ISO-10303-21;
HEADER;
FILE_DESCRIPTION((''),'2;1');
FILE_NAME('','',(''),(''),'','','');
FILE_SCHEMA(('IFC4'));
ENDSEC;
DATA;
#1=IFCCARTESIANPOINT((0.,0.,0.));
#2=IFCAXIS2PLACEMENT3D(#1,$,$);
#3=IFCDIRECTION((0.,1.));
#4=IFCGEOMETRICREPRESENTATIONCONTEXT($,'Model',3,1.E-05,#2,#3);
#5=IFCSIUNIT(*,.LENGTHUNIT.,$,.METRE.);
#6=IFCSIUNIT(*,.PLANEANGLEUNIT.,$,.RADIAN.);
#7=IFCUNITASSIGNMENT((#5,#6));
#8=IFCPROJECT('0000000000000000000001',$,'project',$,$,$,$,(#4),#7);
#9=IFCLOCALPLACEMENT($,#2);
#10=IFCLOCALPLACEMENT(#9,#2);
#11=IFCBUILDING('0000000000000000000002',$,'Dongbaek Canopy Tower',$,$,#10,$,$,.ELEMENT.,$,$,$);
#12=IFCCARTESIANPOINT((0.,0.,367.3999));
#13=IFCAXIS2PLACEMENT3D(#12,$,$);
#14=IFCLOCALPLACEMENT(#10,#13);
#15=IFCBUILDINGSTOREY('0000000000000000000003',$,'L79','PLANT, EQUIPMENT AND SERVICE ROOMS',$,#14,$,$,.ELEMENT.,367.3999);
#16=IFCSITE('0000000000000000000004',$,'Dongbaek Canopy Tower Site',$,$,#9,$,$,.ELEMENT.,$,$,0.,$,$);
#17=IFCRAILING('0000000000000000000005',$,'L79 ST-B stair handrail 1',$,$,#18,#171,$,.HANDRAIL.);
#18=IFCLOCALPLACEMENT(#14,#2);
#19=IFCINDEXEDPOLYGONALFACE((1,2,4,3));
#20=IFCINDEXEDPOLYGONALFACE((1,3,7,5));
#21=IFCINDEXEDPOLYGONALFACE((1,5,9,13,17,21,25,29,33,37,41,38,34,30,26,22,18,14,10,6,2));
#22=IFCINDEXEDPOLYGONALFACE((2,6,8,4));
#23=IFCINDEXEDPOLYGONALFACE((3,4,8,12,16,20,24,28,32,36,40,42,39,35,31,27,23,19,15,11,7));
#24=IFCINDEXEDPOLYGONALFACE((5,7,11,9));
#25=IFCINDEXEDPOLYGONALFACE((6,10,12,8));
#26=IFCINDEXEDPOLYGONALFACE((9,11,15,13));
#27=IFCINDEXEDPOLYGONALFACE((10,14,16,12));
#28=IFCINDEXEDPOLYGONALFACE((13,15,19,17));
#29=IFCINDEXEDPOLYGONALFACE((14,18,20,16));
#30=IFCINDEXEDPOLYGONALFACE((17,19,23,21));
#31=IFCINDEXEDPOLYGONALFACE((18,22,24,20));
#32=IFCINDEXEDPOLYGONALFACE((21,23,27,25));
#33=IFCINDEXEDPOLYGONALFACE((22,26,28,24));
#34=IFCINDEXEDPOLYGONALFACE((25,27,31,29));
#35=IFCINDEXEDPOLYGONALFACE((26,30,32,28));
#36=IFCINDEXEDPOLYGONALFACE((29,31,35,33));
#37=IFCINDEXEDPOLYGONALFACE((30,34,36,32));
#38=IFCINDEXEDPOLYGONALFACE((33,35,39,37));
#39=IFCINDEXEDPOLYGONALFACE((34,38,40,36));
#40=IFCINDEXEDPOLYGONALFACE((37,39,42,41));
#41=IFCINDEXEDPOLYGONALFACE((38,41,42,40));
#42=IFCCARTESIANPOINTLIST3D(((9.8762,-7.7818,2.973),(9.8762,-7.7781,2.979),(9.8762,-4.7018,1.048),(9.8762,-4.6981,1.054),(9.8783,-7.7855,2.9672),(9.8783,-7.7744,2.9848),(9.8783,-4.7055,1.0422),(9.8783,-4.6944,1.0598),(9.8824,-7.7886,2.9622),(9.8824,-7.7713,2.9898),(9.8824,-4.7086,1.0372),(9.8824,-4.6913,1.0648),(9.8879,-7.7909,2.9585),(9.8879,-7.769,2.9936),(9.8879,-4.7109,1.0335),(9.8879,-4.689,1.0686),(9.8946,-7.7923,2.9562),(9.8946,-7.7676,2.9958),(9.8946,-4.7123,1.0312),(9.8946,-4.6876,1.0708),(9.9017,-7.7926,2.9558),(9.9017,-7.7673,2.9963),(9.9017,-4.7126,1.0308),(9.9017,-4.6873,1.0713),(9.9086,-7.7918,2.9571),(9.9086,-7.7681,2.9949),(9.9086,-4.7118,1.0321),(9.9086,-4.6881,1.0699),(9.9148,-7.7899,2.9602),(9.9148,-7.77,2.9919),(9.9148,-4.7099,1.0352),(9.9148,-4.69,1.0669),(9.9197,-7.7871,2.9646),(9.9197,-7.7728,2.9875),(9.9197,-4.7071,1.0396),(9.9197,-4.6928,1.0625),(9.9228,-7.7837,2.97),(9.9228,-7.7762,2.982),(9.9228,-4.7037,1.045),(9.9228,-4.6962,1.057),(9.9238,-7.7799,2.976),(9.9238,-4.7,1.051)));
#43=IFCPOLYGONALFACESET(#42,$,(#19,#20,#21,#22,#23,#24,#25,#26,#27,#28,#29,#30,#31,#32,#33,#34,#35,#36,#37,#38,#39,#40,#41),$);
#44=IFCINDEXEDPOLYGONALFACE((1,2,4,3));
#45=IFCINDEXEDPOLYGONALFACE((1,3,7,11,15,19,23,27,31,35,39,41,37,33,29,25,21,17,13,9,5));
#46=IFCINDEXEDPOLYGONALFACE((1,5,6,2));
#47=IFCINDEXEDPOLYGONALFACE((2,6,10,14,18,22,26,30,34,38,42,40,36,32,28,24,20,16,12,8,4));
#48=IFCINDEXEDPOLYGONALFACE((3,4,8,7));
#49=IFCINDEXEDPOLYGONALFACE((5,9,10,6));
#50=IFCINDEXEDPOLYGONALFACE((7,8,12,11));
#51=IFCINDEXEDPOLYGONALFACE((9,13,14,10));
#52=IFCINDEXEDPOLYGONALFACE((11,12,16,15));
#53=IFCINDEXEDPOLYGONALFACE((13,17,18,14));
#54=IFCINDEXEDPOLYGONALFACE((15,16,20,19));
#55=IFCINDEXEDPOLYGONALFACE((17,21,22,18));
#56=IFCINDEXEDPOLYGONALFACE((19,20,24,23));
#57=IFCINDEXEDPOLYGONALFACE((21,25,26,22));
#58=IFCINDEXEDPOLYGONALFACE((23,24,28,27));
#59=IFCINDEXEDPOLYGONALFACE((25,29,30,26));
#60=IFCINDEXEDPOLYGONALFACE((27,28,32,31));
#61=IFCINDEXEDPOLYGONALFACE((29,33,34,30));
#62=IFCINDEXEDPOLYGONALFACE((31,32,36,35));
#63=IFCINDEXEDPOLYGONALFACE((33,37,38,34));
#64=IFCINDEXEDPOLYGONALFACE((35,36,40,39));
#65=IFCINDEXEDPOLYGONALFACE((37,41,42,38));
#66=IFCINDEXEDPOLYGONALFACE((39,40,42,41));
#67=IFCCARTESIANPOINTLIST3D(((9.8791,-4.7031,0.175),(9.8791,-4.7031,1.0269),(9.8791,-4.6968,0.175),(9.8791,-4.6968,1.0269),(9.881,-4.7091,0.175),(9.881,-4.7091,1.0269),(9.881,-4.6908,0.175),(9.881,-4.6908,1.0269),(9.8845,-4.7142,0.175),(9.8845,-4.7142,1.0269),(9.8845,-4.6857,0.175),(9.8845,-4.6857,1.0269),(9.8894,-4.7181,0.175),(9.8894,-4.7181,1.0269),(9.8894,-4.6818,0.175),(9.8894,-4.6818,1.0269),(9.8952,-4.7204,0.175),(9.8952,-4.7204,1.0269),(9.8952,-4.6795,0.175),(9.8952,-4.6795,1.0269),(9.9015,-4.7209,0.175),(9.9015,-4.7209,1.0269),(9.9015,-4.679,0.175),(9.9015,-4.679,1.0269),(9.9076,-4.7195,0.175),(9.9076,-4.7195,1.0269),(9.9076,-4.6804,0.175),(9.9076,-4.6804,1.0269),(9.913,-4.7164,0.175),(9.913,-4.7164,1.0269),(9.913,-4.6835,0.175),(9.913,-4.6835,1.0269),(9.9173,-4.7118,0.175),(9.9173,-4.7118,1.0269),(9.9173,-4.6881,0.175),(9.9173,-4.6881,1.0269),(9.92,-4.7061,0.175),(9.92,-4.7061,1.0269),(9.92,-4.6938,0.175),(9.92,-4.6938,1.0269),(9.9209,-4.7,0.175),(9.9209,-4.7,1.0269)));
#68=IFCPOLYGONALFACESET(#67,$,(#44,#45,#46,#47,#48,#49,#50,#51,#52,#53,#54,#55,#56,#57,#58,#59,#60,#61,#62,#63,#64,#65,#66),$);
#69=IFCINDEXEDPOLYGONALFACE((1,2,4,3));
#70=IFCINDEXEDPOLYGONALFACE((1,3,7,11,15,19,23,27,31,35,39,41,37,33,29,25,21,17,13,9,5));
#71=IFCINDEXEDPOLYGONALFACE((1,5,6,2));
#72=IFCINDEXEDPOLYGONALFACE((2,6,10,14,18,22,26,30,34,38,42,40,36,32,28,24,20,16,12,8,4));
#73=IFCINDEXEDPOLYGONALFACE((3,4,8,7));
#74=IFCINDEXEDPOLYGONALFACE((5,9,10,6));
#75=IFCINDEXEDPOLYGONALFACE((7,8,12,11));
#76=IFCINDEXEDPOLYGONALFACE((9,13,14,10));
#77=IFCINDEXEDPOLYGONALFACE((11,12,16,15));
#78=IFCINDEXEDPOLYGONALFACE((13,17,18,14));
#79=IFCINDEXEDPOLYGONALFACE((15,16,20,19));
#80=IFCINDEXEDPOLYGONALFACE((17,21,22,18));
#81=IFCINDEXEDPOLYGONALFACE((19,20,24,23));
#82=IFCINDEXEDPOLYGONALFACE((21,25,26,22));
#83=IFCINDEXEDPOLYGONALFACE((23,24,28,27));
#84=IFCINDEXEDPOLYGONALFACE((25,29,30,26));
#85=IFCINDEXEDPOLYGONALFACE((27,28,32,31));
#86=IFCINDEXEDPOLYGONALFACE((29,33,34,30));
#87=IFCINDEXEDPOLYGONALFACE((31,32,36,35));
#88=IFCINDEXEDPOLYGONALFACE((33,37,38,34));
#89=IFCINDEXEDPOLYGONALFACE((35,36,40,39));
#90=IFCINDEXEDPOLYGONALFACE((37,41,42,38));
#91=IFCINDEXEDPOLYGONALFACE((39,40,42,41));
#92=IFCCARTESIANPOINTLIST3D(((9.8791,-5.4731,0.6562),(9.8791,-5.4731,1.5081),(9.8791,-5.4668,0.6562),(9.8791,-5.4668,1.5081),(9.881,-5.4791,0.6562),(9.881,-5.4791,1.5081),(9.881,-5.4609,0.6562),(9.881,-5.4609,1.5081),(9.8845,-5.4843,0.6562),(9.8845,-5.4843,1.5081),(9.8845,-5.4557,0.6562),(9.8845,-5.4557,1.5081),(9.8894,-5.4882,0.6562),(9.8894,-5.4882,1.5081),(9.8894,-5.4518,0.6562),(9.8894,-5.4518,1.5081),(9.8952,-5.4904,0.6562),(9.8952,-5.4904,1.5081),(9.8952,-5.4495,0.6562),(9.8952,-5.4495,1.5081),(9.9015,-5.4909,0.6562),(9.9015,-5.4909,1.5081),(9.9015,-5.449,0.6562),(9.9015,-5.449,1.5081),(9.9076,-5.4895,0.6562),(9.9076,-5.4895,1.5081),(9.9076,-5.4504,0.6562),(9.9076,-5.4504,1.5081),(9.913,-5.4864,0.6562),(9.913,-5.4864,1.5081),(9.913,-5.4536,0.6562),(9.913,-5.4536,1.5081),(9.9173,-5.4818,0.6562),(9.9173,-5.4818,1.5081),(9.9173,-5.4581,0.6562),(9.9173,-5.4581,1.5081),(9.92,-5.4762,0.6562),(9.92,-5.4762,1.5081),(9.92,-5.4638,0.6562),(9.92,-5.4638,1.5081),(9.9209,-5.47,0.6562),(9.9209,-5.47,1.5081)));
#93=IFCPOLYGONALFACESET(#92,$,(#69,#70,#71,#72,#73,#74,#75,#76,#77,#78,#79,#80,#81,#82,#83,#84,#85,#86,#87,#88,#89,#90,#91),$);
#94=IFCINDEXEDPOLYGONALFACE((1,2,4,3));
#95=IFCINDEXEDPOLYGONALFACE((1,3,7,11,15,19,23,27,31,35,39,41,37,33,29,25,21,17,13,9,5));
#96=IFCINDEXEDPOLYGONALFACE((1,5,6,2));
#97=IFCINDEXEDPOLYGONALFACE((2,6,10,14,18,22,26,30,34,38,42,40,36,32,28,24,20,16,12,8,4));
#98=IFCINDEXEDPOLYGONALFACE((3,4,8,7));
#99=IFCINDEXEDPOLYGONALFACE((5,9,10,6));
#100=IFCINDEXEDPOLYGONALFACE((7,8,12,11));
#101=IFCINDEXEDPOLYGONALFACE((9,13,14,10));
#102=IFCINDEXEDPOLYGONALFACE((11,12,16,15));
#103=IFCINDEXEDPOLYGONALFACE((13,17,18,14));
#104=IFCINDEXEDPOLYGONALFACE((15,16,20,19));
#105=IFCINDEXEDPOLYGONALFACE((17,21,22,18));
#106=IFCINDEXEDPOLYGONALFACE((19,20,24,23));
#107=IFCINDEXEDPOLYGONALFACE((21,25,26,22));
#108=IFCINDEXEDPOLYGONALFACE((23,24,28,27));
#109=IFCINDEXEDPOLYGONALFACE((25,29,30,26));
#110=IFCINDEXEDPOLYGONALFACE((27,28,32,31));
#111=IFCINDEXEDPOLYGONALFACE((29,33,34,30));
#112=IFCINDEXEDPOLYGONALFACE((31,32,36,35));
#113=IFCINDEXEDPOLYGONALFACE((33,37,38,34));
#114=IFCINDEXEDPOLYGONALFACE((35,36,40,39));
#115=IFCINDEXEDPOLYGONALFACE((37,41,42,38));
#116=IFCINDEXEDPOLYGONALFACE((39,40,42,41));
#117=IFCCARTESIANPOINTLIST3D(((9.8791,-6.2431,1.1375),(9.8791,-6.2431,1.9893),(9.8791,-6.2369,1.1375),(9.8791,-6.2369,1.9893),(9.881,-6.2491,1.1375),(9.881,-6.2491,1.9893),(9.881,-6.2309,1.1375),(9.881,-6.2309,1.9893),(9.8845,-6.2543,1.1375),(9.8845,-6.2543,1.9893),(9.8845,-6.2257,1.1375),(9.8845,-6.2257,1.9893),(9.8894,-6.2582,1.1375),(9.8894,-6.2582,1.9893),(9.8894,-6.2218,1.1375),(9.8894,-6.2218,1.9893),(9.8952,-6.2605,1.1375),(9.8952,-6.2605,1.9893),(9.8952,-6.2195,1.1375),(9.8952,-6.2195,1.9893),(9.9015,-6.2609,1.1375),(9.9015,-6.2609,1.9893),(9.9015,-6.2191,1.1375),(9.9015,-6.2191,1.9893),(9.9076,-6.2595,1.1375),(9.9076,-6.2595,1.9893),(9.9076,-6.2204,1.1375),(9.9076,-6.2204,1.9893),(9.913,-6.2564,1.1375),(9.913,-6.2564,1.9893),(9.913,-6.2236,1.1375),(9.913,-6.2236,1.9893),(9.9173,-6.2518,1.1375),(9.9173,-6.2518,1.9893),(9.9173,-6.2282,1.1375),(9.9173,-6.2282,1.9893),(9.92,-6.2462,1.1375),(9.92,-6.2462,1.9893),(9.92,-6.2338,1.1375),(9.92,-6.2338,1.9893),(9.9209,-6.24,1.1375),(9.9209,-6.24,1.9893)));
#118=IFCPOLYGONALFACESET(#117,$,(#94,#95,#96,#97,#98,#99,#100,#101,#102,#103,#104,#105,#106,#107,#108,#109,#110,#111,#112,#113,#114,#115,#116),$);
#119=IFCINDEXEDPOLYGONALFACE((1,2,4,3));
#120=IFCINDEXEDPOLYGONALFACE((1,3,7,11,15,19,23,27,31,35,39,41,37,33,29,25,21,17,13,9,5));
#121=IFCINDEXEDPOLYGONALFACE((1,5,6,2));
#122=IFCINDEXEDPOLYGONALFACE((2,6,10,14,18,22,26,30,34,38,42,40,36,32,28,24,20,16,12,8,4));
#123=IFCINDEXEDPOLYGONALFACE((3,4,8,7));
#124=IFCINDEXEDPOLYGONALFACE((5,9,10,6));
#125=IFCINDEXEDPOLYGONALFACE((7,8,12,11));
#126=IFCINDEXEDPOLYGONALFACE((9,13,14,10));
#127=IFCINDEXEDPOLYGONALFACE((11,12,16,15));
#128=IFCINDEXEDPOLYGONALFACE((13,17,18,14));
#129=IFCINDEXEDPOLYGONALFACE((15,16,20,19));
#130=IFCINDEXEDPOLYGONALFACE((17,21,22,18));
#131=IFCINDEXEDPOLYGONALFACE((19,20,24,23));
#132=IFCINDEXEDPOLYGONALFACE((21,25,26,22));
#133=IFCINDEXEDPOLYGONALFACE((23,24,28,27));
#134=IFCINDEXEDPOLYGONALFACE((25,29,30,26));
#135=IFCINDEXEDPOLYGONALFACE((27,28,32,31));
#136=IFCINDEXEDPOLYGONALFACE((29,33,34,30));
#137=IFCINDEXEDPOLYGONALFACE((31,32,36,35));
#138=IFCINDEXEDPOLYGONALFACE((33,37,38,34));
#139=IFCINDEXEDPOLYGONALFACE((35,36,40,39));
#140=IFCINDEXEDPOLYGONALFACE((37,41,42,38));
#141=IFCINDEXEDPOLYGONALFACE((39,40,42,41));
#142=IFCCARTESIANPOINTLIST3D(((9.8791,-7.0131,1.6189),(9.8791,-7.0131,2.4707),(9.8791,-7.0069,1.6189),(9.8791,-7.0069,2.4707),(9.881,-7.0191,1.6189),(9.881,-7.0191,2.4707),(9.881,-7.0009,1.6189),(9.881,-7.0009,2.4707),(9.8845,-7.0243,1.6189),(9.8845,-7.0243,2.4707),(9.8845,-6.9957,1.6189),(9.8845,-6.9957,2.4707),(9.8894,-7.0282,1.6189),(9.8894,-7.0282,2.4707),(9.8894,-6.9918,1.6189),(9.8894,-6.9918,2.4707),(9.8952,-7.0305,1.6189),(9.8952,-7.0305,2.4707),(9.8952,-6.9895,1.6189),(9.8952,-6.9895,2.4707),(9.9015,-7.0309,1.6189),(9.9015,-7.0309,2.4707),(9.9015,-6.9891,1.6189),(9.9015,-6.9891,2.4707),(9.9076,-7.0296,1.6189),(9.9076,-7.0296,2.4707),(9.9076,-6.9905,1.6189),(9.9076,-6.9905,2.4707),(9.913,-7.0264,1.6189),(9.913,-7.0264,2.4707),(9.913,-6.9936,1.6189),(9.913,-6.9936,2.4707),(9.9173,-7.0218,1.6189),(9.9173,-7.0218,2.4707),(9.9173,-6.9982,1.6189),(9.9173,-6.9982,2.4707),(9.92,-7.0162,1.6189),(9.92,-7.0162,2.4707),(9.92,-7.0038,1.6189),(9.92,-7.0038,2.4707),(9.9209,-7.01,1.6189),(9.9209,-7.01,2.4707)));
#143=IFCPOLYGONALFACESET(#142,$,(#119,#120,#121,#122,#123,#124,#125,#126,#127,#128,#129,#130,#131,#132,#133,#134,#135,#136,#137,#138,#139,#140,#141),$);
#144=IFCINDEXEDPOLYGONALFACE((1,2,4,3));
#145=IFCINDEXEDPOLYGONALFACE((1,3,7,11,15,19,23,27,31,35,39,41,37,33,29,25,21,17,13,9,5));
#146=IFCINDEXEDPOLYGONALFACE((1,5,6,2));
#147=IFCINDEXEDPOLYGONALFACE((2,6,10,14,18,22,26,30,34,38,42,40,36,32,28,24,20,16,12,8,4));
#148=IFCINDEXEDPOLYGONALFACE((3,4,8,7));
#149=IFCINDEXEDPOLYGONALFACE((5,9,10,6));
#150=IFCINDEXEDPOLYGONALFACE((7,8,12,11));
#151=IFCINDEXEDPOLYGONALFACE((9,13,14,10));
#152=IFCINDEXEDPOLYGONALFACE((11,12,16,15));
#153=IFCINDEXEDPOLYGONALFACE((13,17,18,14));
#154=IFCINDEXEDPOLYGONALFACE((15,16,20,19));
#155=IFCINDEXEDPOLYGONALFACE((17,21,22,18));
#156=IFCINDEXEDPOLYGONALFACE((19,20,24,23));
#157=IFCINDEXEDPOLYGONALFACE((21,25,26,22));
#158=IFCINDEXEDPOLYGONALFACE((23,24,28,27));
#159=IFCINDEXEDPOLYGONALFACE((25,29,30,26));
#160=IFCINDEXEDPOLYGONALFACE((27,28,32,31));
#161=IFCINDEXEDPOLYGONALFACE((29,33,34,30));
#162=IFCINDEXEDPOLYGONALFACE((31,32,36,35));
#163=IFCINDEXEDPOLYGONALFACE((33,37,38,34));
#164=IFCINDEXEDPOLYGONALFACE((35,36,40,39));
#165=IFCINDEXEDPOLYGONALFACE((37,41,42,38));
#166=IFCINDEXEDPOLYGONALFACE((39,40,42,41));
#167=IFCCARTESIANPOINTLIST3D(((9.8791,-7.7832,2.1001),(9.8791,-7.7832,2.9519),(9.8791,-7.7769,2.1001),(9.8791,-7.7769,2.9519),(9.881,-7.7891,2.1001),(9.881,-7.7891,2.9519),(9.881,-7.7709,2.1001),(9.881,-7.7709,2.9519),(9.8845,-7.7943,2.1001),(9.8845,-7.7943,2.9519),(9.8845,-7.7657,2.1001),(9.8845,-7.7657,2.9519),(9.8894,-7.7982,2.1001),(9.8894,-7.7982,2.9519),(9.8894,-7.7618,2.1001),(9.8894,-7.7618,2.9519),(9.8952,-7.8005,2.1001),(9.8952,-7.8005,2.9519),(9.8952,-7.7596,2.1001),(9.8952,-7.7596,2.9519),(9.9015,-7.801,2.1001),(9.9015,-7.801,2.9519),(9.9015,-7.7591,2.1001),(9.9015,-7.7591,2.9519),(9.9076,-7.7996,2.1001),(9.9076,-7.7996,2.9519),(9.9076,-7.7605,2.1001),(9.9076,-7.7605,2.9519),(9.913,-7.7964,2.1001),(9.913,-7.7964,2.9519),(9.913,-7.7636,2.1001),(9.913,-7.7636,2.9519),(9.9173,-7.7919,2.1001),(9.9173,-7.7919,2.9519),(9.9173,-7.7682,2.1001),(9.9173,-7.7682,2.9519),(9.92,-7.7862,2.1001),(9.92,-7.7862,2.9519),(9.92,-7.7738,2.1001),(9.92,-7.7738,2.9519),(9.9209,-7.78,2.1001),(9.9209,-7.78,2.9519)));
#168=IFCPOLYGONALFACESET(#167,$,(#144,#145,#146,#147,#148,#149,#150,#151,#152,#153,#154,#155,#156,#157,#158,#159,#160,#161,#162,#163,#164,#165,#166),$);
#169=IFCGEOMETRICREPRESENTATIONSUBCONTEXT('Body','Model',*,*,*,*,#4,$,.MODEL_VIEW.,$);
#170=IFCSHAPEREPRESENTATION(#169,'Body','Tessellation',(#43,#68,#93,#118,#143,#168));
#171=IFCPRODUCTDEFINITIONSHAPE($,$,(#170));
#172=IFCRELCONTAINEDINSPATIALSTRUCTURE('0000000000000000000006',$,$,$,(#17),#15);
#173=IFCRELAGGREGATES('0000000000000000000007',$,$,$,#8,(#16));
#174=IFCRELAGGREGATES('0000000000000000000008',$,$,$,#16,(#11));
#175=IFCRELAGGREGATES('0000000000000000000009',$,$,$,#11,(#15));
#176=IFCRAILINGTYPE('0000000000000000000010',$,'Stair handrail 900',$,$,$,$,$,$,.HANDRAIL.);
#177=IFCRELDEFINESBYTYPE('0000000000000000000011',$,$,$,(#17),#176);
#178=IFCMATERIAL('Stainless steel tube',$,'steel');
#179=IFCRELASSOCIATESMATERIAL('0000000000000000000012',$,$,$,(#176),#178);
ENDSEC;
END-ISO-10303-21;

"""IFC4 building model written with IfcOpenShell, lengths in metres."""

from ifc_helpers import new_model, si_unit, direction, frame, origin, origin_2d, place, context, subcontext, project, spatial, circle, extrude, material, type_object, element, save


model = new_model("IFC4")

# Units and contexts
model_context = context("Model", 3, precision=1e-05, world=origin(), true_north=direction((0.0, 1.0)))
body_context = subcontext(model_context, "Body", "Model", "MODEL_VIEW")
ifc_project = project(units=[si_unit("LENGTHUNIT", "METRE"), si_unit("PLANEANGLEUNIT", "RADIAN")], contexts=[model_context])

# Site, building, storey
site_placement = place(None, origin())
site = spatial("IfcSite", under=ifc_project, at=site_placement, Name="Dongbaek Canopy Tower Site", CompositionType="ELEMENT", RefElevation=0.0)
building_placement = place(site_placement, origin())
building = spatial("IfcBuilding", under=site, at=building_placement, Name="Dongbaek Canopy Tower", CompositionType="ELEMENT")
storey_placement = place(building_placement, frame((0.0, 0.0, 367.3999)))
storey = spatial("IfcBuildingStorey", under=building, at=storey_placement, Name="L79", Description="PLANT, EQUIPMENT AND SERVICE ROOMS", CompositionType="ELEMENT", Elevation=367.3999)

# Railing
ifc_material_1 = material(Name="Stainless steel tube", Category="steel")
railing_type_1 = type_object("IfcRailingType", Name="Stair handrail 900", PredefinedType="HANDRAIL", material=ifc_material_1)
railing_1_placement = place(storey_placement, frame((9.8999, -4.7, 0.175)))
element("IfcRailing", 1, at=railing_1_placement, inside=storey, type_object=railing_type_1, Name="L79 ST-B stair handrail 1", PredefinedType="HANDRAIL", context=body_context, shape_type="SweptSolid", body=[
    extrude(circle(Radius=0.0239, at=origin_2d()), frame((0.0, 0.0, 0.876), z_axis=(0.0, -0.847998, 0.529999), x_axis=(1.0, 0.0, 0.0)), (0.0, 0.0, 1.0), 3.6321),
    extrude(circle(Radius=0.021, at=origin_2d()), origin(), (0.0, 0.0, 1.0), 0.8518),
    extrude(circle(Radius=0.021, at=origin_2d()), frame((0.0, -0.77, 0.4812)), (0.0, 0.0, 1.0), 0.8518),
    extrude(circle(Radius=0.021, at=origin_2d()), frame((0.0, -1.54, 0.9624)), (0.0, 0.0, 1.0), 0.8518),
    extrude(circle(Radius=0.021, at=origin_2d()), frame((0.0, -2.3101, 1.4438)), (0.0, 0.0, 1.0), 0.8518),
    extrude(circle(Radius=0.021, at=origin_2d()), frame((0.0, -3.0801, 1.925)), (0.0, 0.0, 1.0), 0.8518),
])

save(model, "model.ifc")
